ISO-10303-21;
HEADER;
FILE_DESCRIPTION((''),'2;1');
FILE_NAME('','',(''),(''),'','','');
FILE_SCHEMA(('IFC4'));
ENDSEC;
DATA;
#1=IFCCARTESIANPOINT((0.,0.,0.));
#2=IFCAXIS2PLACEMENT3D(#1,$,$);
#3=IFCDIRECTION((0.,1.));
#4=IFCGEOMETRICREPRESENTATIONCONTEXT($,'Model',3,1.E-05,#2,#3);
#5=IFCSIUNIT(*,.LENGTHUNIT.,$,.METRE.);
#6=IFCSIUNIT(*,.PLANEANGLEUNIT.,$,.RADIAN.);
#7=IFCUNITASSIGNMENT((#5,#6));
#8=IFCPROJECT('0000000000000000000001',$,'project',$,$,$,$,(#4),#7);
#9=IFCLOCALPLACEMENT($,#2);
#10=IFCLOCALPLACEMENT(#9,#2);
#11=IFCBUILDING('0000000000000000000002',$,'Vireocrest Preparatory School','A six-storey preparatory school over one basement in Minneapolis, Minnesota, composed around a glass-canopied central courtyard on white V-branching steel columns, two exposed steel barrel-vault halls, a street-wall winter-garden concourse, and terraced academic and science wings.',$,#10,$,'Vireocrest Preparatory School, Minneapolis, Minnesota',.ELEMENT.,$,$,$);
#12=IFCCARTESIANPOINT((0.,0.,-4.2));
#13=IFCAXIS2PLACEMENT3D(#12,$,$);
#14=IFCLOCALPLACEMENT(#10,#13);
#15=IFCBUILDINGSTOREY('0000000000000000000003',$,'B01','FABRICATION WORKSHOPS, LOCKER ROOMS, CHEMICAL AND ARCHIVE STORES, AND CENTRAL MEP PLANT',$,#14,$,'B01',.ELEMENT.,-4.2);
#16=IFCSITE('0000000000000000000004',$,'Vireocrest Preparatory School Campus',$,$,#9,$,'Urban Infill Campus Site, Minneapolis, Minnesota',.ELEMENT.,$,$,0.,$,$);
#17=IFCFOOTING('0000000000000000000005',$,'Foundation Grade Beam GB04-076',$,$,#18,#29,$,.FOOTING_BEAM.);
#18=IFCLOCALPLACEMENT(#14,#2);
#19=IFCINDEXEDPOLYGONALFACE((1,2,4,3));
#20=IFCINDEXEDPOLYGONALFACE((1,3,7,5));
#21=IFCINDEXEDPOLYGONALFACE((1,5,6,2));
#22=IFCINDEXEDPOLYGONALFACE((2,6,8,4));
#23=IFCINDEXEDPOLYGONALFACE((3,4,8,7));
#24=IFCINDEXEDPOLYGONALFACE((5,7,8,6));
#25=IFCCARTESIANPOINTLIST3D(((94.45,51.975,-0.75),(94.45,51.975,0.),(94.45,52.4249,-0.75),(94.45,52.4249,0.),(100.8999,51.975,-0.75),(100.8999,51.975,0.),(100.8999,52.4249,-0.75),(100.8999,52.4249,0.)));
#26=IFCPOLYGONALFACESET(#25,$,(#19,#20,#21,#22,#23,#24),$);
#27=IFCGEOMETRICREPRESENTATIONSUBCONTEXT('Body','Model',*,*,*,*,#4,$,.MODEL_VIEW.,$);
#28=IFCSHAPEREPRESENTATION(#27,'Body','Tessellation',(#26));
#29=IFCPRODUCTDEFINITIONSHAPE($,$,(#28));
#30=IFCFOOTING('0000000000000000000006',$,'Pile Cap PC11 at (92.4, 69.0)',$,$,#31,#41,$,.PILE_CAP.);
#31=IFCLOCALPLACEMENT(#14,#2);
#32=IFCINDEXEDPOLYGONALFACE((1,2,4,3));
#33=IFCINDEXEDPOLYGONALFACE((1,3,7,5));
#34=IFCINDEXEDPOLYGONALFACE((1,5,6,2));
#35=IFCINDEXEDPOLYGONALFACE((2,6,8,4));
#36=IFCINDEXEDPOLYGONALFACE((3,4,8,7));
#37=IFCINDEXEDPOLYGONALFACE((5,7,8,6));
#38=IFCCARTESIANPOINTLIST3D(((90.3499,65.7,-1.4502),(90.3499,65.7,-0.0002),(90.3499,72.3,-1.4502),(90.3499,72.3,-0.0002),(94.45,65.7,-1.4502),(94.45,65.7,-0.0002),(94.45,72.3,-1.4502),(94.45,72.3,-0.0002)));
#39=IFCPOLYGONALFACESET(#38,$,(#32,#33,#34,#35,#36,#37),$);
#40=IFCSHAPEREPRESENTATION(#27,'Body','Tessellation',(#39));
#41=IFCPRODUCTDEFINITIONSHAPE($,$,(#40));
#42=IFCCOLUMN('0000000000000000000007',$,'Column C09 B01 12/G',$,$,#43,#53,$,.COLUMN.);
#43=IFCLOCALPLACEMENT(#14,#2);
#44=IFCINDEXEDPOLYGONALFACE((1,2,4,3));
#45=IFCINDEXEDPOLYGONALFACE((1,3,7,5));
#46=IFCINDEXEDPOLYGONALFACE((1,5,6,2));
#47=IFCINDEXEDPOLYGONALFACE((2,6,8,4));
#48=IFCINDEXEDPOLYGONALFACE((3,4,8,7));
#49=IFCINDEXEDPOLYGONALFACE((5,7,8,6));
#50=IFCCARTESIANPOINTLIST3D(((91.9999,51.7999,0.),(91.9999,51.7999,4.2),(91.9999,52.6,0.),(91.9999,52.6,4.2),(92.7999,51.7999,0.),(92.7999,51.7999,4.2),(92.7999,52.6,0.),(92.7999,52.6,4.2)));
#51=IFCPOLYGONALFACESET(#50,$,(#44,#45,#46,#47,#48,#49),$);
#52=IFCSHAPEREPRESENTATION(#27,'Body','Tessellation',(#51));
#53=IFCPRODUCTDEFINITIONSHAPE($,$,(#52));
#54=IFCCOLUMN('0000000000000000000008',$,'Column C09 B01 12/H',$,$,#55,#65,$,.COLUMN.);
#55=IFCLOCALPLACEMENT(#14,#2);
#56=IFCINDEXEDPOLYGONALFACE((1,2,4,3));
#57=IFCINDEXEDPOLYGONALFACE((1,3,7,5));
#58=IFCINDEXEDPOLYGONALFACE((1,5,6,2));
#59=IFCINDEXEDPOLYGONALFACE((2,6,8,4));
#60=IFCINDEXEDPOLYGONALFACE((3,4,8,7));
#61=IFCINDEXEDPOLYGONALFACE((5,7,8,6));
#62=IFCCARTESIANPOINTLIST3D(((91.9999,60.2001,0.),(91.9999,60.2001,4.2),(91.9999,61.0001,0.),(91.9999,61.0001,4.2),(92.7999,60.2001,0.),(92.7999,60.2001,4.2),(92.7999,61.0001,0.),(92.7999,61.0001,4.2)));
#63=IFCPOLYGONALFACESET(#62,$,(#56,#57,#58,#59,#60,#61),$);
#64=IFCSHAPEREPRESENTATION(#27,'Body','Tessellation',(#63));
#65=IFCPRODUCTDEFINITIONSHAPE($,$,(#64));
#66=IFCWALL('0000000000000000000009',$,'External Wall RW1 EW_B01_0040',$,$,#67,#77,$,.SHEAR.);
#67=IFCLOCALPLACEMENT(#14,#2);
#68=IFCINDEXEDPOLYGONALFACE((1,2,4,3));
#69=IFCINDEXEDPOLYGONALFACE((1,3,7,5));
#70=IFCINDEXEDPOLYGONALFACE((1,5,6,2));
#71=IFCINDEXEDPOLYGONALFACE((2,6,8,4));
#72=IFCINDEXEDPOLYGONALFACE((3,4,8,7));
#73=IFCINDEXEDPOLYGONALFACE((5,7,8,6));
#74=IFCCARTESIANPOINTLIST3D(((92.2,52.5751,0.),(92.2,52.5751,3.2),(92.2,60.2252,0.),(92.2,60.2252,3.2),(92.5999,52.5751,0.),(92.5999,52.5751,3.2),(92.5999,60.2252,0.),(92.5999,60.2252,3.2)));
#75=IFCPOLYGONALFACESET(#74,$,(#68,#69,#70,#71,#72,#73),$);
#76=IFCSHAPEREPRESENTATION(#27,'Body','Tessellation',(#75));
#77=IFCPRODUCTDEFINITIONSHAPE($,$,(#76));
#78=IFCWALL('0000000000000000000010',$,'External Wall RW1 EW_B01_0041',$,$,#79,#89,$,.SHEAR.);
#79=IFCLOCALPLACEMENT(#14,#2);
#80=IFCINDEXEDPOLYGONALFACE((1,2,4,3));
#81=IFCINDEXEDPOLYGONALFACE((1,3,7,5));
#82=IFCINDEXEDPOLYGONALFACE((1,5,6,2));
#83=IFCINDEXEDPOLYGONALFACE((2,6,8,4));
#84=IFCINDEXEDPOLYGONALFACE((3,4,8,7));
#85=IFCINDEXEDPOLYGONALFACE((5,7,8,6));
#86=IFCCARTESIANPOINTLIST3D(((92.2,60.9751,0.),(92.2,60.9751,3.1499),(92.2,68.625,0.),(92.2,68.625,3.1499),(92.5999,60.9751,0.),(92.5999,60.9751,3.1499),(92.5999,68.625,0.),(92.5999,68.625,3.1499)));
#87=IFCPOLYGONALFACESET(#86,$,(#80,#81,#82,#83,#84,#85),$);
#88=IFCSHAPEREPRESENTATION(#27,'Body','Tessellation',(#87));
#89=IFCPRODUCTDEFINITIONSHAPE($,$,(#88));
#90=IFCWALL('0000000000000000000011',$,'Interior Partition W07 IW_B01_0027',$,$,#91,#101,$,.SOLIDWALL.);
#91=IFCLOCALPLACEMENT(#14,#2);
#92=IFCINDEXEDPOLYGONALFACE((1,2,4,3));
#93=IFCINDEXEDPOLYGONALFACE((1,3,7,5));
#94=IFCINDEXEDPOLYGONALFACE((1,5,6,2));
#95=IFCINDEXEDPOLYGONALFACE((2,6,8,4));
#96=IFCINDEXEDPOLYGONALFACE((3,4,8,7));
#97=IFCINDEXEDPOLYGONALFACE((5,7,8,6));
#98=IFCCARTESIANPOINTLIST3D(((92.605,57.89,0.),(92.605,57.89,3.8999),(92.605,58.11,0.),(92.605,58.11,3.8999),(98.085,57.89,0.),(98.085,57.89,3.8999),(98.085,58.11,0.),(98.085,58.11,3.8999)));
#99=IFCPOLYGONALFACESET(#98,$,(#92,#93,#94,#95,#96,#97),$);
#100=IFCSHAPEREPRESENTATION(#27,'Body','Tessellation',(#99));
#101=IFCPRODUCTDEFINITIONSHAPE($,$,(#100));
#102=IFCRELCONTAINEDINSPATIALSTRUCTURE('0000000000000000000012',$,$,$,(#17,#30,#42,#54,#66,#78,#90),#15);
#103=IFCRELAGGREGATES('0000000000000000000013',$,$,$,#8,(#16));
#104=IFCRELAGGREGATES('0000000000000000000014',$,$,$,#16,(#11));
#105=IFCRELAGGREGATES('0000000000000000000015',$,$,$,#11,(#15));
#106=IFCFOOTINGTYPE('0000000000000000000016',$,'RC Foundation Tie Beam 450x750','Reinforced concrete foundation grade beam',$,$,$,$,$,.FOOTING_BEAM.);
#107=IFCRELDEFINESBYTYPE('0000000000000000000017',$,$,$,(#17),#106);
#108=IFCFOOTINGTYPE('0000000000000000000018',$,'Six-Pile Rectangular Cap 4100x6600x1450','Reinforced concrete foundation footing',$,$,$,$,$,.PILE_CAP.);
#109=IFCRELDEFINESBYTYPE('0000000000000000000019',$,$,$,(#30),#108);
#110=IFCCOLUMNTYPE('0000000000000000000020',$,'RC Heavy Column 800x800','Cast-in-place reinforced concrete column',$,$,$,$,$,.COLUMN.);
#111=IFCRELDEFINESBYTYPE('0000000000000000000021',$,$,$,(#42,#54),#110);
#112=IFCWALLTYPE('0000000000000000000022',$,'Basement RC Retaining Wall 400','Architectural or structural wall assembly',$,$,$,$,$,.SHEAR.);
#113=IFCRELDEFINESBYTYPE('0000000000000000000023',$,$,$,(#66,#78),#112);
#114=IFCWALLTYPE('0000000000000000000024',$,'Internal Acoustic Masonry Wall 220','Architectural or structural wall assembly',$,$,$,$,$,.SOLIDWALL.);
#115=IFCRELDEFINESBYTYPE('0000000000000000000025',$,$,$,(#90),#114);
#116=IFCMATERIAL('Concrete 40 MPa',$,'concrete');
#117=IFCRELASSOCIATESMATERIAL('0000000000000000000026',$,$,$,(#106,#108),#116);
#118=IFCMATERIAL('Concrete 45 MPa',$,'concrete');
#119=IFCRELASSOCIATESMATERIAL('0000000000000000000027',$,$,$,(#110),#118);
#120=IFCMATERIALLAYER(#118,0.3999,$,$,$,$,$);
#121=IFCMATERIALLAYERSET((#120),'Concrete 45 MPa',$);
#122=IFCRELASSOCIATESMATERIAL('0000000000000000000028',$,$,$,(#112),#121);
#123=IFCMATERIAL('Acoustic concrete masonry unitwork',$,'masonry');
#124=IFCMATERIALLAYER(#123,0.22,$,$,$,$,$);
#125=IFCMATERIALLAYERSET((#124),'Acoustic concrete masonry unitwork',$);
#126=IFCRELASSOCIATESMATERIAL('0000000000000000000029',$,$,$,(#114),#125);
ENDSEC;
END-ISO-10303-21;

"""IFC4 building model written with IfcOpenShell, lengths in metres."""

from ifc_helpers import new_model, si_unit, direction, frame, frame_2d, origin, origin_2d, place, context, subcontext, project, spatial, rectangle, extrude, material, layer, layer_set, material_profile, profile_set, type_object, element, save


model = new_model("IFC4")

# Units and contexts
model_context = context("Model", 3, precision=1e-05, world=origin(), true_north=direction((0.0, 1.0)))
body_context = subcontext(model_context, "Body", "Model", "MODEL_VIEW")
ifc_project = project(units=[si_unit("LENGTHUNIT", "METRE"), si_unit("PLANEANGLEUNIT", "RADIAN")], contexts=[model_context])

# Site, building, storey
site_placement = place(None, origin())
site = spatial("IfcSite", under=ifc_project, at=site_placement, Name="Vireocrest Preparatory School Campus", LongName="Urban Infill Campus Site, Minneapolis, Minnesota", CompositionType="ELEMENT", RefElevation=0.0)
building_placement = place(site_placement, origin())
building = spatial("IfcBuilding", under=site, at=building_placement, Name="Vireocrest Preparatory School", Description="A six-storey preparatory school over one basement in Minneapolis, Minnesota, composed around a glass-canopied central courtyard on white V-branching steel columns, two exposed steel barrel-vault halls, a street-wall winter-garden concourse, and terraced academic and science wings.", LongName="Vireocrest Preparatory School, Minneapolis, Minnesota", CompositionType="ELEMENT")
storey_placement = place(building_placement, frame((0.0, 0.0, -4.2)))
storey = spatial("IfcBuildingStorey", under=building, at=storey_placement, Name="B01", Description="FABRICATION WORKSHOPS, LOCKER ROOMS, CHEMICAL AND ARCHIVE STORES, AND CENTRAL MEP PLANT", LongName="B01", CompositionType="ELEMENT", Elevation=-4.2)

# Shared definitions
ifc_material_1 = material(Name="Concrete 40 MPa", Category="concrete")

# Footings
ifc_material_profile_1 = material_profile(ifc_material_1, rectangle(XDim=0.45, YDim=0.75, at=origin_2d()), Name="GB 450x750")
ifc_profile_set_1 = profile_set([ifc_material_profile_1], Name="Concrete 40 MPa")
footing_type_1 = type_object("IfcFootingType", Name="RC Foundation Tie Beam 450x750", Description="Reinforced concrete foundation grade beam", PredefinedType="FOOTING_BEAM", material=ifc_profile_set_1)
footing_1_placement = place(storey_placement, frame((94.45, 52.2, -0.375), z_axis=(1.0, 0.0, 0.0), x_axis=(0.0, 1.0, 0.0)))
element("IfcFooting", 1, at=footing_1_placement, inside=storey, type_object=footing_type_1, Name="Foundation Grade Beam GB04-076", PredefinedType="FOOTING_BEAM", context=body_context, shape_type="SweptSolid", body=[
    extrude(rectangle(XDim=0.45, YDim=0.75, at=origin_2d()), origin(), (0.0, 0.0, 1.0), 6.45),
])
footing_type_2 = type_object("IfcFootingType", Name="Six-Pile Rectangular Cap 4100x6600x1450", Description="Reinforced concrete foundation footing", PredefinedType="PILE_CAP", material=ifc_material_1)
footing_2_placement = place(storey_placement, frame((92.3999, 69.0, -1.4502), z_axis=(0.0, 0.0, 1.0), x_axis=(1.0, 0.0, 0.0)))
element("IfcFooting", 2, at=footing_2_placement, inside=storey, type_object=footing_type_2, Name="Pile Cap PC11 at (92.4, 69.0)", PredefinedType="PILE_CAP", context=body_context, shape_type="SweptSolid", body=[
    extrude(rectangle(XDim=4.1001, YDim=6.6001, at=origin_2d()), origin(), (0.0, 0.0, 1.0), 1.45),
])

# Columns
ifc_material_2 = material(Name="Concrete 45 MPa", Category="concrete")
ifc_material_profile_2 = material_profile(ifc_material_2, rectangle(XDim=0.8, YDim=0.8, at=origin_2d()), Name="RC 800x800")
ifc_profile_set_2 = profile_set([ifc_material_profile_2], Name="Concrete 45 MPa")
column_type = type_object("IfcColumnType", Name="RC Heavy Column 800x800", Description="Cast-in-place reinforced concrete column", PredefinedType="COLUMN", material=ifc_profile_set_2)
for number, where, z_axis, x_axis, name in (
    (3, (92.3999, 52.2, 0.0), (0.0, 0.0, 1.0), (1.0, 0.0, 0.0), "Column C09 B01 12/G"),
    (4, (92.3999, 60.6001, 0.0), (0.0, 0.0, 1.0), (1.0, 0.0, 0.0), "Column C09 B01 12/H"),
):
    element("IfcColumn", number, at=place(storey_placement, frame(where, z_axis=z_axis, x_axis=x_axis)), inside=storey, type_object=column_type, Name=name, PredefinedType="COLUMN", context=body_context, shape_type="SweptSolid", body=[
        extrude(rectangle(XDim=0.8, YDim=0.8, at=origin_2d()), origin(), (0.0, 0.0, 1.0), 4.2),
    ])

# Walls
ifc_layer_1 = layer(ifc_material_2, 0.3999)
ifc_layer_set_1 = layer_set([ifc_layer_1], Name="Concrete 45 MPa")
wall_type_1 = type_object("IfcWallType", Name="Basement RC Retaining Wall 400", Description="Architectural or structural wall assembly", PredefinedType="SHEAR", material=ifc_layer_set_1)
wall_1_placement = place(storey_placement, frame((92.3999, 52.575, 0.0), z_axis=(0.0, 0.0, 1.0), x_axis=(0.0, 1.0, 0.0)))
element("IfcWall", 5, at=wall_1_placement, inside=storey, type_object=wall_type_1, Name="External Wall RW1 EW_B01_0040", PredefinedType="SHEAR", context=body_context, shape_type="SweptSolid", body=[
    extrude(rectangle(XDim=7.6501, YDim=0.3999, at=frame_2d((3.8252, 0.0))), origin(), (0.0, 0.0, 1.0), 3.2),
])
wall_2_placement = place(storey_placement, frame((92.3999, 60.9751, 0.0), z_axis=(0.0, 0.0, 1.0), x_axis=(0.0, 1.0, 0.0)))
element("IfcWall", 6, at=wall_2_placement, inside=storey, type_object=wall_type_1, Name="External Wall RW1 EW_B01_0041", PredefinedType="SHEAR", context=body_context, shape_type="SweptSolid", body=[
    extrude(rectangle(XDim=7.6499, YDim=0.3999, at=frame_2d((3.825, 0.0))), origin(), (0.0, 0.0, 1.0), 3.1499),
])
ifc_material_3 = material(Name="Acoustic concrete masonry unitwork", Category="masonry")
ifc_layer_2 = layer(ifc_material_3, 0.22)
ifc_layer_set_2 = layer_set([ifc_layer_2], Name="Acoustic concrete masonry unitwork")
wall_type_2 = type_object("IfcWallType", Name="Internal Acoustic Masonry Wall 220", Description="Architectural or structural wall assembly", PredefinedType="SOLIDWALL", material=ifc_layer_set_2)
wall_3_placement = place(storey_placement, frame((92.605, 58.0, 0.0), z_axis=(0.0, 0.0, 1.0), x_axis=(1.0, 0.0, 0.0)))
element("IfcWall", 7, at=wall_3_placement, inside=storey, type_object=wall_type_2, Name="Interior Partition W07 IW_B01_0027", PredefinedType="SOLIDWALL", context=body_context, shape_type="SweptSolid", body=[
    extrude(rectangle(XDim=5.48, YDim=0.22, at=frame_2d((2.74, 0.0))), origin(), (0.0, 0.0, 1.0), 3.8999),
])

save(model, "model.ifc")
